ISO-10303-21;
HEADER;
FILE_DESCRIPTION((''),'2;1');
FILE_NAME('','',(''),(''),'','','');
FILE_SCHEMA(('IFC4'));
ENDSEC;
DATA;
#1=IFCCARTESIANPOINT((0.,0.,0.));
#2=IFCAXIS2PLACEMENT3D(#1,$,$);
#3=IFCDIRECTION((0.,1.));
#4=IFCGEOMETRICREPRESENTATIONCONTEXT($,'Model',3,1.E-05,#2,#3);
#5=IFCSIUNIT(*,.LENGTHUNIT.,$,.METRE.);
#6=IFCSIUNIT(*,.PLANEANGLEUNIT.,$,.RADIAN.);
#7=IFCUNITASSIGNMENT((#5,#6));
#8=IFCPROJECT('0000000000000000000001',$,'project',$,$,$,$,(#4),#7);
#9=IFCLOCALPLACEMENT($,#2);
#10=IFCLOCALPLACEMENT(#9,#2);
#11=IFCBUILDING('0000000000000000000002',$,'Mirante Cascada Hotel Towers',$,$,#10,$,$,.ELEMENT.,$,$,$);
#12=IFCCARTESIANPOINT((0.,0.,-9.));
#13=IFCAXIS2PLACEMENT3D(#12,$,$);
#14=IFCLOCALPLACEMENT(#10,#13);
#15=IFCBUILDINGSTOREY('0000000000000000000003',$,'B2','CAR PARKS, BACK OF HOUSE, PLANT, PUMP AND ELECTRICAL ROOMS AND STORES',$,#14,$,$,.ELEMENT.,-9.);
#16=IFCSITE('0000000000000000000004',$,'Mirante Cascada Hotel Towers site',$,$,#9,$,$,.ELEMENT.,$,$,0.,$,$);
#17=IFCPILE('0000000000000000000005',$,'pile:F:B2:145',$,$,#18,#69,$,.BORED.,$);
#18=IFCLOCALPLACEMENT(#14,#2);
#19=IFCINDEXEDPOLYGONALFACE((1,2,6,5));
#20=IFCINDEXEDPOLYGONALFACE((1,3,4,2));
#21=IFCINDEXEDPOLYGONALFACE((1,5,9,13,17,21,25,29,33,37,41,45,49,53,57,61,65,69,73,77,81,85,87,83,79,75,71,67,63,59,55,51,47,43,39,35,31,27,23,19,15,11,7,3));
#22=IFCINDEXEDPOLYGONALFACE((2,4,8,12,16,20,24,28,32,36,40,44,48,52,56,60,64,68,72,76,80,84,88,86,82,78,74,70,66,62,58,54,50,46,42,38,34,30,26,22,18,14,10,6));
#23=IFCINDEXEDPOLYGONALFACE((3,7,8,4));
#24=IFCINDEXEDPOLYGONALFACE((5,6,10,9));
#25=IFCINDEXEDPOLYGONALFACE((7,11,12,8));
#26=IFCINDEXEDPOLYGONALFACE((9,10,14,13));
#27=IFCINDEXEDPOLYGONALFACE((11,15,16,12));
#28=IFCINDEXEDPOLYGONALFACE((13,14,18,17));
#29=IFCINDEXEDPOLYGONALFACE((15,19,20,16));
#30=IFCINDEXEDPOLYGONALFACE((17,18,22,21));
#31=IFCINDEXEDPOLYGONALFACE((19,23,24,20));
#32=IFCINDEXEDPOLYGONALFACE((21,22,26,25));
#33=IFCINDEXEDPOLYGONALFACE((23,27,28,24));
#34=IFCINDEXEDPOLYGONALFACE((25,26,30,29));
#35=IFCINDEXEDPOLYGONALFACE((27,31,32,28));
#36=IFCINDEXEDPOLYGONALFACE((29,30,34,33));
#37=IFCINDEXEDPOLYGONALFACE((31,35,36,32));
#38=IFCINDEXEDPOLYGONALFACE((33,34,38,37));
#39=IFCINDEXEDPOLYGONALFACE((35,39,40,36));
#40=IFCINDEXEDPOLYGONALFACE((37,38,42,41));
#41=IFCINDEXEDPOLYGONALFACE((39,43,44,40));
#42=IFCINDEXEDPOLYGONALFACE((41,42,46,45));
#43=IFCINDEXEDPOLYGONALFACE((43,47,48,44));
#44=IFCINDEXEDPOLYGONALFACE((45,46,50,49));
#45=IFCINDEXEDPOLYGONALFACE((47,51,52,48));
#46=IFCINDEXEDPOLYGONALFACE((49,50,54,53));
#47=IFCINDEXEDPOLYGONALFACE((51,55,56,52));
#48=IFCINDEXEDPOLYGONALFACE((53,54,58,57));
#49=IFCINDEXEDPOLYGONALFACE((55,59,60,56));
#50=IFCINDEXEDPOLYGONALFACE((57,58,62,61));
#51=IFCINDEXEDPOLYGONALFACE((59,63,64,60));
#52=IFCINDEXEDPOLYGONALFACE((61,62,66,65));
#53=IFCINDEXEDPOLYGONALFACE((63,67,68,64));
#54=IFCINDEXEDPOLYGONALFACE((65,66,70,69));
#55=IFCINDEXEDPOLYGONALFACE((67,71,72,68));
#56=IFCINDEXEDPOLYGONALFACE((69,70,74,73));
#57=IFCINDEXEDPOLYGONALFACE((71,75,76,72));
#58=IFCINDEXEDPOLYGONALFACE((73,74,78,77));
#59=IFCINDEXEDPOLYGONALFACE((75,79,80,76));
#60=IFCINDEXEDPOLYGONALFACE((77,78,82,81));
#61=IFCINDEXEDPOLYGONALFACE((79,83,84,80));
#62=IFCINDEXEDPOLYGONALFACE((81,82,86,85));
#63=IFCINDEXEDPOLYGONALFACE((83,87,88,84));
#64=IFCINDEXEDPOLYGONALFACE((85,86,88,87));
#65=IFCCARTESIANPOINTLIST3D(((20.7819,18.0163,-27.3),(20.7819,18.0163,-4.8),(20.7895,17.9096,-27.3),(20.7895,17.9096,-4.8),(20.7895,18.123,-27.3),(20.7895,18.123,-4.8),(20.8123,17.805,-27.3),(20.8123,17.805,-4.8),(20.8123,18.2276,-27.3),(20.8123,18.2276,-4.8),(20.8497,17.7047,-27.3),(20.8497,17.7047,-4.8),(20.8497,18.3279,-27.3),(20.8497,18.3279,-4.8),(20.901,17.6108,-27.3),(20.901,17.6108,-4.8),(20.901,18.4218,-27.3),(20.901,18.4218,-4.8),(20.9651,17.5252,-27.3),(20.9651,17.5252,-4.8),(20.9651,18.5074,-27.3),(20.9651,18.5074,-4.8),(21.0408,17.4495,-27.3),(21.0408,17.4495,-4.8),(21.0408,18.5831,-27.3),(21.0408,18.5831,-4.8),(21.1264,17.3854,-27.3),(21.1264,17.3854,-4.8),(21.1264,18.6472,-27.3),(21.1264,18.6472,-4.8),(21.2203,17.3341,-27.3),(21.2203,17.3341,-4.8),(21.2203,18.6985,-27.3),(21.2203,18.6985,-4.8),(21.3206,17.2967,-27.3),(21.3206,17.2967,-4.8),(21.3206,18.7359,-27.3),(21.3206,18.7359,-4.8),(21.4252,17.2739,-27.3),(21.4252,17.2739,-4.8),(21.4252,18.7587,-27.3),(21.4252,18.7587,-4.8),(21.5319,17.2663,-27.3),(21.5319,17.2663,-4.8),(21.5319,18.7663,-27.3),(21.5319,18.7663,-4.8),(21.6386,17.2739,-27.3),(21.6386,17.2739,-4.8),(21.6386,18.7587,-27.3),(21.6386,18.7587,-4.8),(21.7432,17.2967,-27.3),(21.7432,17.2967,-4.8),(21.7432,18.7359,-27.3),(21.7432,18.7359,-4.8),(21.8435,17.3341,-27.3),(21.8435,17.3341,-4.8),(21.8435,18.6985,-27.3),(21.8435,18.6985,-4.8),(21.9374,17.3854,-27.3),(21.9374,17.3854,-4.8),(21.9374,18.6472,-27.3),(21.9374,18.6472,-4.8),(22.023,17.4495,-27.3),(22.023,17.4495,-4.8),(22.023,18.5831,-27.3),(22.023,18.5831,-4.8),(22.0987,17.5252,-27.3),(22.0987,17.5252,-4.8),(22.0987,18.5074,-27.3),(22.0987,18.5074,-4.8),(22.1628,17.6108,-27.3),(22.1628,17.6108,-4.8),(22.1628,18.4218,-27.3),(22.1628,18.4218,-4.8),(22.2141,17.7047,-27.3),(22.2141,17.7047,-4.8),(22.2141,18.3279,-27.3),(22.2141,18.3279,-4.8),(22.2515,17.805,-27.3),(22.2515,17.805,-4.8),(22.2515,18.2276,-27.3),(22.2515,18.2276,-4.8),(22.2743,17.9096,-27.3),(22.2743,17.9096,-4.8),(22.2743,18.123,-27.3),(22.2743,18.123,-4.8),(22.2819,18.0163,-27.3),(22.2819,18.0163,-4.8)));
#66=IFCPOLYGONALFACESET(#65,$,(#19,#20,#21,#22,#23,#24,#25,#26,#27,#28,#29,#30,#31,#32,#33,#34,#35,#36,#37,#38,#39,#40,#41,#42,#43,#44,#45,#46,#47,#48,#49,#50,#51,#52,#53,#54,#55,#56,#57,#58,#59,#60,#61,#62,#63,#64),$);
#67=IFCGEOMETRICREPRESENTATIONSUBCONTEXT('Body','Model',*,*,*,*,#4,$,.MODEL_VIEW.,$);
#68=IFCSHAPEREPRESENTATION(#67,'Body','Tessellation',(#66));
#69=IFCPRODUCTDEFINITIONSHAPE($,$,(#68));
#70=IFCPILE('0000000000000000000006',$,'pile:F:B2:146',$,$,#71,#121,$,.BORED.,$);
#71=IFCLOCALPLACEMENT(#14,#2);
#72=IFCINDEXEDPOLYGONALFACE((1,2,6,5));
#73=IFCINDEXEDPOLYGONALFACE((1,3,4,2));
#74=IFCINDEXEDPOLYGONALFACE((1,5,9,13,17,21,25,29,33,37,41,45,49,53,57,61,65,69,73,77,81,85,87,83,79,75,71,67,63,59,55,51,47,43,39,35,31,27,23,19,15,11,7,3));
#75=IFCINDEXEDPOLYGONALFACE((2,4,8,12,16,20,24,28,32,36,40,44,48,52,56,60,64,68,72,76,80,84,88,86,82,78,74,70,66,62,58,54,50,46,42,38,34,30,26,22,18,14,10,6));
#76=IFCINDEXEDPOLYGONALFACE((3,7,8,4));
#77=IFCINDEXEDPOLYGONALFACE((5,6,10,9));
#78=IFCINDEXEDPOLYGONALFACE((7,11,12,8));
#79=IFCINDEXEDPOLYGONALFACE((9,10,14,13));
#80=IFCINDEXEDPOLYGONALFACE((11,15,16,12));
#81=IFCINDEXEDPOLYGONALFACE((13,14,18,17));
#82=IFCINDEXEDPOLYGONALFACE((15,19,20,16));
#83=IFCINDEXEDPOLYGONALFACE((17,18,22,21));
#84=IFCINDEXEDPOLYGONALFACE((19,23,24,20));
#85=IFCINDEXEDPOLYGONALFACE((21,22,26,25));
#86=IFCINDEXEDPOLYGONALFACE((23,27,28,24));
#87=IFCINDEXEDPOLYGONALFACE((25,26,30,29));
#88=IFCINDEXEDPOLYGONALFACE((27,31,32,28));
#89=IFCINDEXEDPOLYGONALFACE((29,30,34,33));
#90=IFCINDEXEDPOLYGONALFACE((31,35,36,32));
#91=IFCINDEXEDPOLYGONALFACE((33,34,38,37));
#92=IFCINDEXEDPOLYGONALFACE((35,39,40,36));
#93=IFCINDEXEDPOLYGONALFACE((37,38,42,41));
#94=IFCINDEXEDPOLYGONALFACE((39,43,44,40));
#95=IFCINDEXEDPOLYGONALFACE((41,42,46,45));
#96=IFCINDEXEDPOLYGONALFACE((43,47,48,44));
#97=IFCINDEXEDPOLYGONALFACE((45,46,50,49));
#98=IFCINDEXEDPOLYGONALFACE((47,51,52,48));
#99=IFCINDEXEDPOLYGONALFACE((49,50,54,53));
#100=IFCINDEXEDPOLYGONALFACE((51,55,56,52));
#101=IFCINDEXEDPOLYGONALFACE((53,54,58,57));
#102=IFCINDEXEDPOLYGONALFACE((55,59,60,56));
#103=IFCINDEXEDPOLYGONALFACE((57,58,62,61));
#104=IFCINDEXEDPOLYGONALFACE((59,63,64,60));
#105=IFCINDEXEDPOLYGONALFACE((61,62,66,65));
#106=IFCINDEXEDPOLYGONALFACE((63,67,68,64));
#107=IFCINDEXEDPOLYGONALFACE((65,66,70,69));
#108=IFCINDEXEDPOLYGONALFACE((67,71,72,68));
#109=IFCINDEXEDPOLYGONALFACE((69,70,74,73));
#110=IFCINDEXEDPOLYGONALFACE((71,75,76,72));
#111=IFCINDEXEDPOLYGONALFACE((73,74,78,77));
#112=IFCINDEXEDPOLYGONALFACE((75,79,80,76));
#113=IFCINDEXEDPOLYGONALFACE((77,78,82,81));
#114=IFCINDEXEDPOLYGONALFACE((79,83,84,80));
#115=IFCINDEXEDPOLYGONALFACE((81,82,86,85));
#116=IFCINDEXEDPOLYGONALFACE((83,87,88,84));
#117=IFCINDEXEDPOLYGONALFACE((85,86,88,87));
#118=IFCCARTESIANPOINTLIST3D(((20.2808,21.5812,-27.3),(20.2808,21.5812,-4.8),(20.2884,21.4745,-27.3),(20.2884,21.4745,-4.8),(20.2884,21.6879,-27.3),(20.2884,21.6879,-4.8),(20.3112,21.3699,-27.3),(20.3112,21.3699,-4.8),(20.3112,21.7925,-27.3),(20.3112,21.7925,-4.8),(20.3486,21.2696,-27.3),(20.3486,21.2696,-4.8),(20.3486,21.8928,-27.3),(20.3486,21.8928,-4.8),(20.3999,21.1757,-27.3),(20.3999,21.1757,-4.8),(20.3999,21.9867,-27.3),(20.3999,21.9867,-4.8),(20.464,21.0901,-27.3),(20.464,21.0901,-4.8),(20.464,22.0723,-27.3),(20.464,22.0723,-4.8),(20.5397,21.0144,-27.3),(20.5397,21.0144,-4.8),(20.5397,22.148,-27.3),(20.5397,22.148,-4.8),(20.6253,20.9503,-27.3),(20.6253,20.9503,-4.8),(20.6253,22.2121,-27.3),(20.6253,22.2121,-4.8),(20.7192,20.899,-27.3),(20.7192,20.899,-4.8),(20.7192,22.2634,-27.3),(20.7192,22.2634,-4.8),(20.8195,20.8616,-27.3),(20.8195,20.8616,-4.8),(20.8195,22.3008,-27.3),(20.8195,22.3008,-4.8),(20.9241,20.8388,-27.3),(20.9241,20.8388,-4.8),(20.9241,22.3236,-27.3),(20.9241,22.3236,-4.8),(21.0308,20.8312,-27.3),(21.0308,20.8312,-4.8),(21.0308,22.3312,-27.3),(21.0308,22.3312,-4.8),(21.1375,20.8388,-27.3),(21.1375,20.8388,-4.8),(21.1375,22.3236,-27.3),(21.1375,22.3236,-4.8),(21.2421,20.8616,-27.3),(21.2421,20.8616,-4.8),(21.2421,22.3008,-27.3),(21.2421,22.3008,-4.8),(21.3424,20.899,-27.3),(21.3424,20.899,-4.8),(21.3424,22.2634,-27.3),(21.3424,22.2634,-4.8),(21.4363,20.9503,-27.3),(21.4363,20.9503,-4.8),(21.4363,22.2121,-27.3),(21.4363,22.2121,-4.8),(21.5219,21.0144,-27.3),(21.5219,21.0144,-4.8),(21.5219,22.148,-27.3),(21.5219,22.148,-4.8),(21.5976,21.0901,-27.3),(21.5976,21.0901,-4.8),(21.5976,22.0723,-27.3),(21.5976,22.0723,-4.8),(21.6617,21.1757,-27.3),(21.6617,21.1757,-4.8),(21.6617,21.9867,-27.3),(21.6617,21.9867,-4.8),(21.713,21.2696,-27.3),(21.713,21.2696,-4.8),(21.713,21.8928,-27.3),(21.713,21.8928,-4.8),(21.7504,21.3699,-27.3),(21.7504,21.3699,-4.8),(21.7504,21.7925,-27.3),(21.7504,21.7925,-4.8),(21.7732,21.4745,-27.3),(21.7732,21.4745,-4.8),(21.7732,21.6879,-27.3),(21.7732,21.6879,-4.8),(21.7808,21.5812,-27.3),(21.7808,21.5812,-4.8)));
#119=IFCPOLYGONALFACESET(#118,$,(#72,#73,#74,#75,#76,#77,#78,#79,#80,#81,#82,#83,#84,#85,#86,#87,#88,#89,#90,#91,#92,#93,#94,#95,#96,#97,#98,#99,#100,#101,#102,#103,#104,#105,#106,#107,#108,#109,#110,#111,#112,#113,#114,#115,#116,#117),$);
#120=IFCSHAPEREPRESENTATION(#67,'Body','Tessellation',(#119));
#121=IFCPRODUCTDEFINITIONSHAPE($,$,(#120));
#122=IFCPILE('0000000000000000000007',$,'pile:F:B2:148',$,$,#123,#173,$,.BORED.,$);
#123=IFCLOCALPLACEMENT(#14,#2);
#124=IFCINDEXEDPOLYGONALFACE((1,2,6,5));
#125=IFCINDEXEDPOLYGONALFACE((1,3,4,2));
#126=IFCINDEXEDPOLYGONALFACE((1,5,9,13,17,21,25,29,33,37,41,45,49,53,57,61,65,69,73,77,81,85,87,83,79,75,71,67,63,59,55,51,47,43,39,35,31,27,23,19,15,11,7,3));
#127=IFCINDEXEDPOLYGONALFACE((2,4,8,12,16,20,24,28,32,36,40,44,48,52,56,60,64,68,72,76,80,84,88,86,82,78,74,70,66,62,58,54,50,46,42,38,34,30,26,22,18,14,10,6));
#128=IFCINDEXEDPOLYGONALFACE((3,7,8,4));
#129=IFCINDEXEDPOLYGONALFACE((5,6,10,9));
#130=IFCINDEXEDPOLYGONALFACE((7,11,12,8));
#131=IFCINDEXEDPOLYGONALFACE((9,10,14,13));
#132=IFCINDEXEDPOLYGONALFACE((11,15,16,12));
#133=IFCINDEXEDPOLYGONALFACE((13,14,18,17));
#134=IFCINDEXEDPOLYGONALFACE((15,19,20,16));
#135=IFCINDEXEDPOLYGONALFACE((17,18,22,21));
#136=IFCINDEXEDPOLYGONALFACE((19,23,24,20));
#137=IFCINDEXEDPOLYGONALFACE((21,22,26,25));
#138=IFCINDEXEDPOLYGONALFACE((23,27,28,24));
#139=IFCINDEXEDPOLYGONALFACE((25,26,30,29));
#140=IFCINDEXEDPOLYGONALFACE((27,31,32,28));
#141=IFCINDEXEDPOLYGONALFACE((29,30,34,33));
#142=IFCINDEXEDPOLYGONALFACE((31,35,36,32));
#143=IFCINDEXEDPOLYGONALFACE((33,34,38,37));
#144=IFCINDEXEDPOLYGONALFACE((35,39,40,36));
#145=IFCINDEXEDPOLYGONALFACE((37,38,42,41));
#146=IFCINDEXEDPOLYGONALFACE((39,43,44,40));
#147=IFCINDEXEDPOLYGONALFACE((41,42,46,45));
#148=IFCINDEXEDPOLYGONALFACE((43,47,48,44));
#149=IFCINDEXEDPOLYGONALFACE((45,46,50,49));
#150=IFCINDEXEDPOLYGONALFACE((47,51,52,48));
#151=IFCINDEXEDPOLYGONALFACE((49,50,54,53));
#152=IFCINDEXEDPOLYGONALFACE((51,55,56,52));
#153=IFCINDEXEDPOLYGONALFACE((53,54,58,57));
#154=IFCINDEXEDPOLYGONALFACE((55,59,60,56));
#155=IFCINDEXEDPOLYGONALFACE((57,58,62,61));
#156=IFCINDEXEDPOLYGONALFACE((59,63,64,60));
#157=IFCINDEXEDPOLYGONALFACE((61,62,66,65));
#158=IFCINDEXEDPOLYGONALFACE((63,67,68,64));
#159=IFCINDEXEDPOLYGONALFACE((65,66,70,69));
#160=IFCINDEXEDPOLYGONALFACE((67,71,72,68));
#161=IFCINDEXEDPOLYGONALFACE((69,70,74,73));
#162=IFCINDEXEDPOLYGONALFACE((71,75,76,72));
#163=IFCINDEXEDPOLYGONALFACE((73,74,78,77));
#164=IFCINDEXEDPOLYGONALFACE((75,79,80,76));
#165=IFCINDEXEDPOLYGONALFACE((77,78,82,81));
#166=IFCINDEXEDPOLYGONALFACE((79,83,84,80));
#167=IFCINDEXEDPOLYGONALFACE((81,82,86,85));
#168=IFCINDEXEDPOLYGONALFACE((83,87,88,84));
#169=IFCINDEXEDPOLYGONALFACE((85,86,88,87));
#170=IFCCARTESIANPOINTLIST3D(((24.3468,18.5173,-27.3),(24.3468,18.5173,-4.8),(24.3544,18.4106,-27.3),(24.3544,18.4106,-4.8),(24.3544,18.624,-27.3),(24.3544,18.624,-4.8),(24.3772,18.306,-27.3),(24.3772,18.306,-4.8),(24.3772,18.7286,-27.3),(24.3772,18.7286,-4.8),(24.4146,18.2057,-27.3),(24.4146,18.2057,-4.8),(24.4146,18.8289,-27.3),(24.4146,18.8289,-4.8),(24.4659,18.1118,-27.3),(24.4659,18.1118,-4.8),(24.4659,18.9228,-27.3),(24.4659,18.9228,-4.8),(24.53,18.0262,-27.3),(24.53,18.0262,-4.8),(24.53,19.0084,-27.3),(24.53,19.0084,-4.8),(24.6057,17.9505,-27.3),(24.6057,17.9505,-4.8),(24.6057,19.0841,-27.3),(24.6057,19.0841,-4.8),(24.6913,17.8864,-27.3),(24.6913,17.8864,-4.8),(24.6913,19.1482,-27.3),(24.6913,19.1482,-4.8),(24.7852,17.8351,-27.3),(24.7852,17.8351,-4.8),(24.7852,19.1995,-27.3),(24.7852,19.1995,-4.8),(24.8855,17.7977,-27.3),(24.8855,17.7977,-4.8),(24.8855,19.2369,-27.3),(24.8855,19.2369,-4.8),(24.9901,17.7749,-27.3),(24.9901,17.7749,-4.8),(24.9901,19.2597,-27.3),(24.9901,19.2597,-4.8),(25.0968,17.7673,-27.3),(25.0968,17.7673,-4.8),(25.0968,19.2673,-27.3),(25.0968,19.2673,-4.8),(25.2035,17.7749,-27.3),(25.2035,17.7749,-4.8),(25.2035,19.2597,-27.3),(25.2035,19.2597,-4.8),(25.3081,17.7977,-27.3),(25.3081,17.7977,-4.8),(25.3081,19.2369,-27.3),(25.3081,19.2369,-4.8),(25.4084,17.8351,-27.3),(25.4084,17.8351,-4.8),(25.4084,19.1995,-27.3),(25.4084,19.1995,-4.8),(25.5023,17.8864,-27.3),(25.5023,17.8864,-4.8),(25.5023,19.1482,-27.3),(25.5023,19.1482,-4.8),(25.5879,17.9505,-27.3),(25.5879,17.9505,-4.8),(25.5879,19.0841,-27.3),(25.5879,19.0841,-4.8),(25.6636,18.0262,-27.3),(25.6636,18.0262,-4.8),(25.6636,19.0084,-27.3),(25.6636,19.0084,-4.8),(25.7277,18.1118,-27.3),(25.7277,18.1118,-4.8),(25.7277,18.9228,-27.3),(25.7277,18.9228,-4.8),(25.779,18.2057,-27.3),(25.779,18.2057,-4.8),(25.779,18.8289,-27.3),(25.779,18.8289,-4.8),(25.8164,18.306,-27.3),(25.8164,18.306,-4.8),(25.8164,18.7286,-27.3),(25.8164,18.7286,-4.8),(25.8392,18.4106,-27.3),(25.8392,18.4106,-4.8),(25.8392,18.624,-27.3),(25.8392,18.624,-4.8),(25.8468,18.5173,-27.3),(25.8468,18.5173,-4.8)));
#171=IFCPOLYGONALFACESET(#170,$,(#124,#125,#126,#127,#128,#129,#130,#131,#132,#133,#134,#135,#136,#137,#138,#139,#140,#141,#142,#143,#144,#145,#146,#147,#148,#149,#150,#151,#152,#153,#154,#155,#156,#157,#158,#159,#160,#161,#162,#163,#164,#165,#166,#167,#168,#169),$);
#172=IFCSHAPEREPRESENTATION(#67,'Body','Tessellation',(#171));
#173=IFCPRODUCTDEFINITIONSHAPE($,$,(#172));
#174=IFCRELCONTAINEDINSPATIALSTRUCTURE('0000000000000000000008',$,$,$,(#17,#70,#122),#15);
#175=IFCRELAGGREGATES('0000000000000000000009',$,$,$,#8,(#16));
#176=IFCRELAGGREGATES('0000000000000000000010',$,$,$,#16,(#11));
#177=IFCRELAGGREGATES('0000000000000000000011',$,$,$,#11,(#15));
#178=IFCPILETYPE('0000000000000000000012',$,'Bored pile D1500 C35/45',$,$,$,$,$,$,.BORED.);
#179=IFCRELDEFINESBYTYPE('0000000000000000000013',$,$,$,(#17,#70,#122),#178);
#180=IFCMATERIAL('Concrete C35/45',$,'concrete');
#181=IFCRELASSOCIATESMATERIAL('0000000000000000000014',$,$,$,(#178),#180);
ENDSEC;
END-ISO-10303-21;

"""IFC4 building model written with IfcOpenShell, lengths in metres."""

from ifc_helpers import new_model, si_unit, direction, frame, origin, origin_2d, place, context, subcontext, project, spatial, circle, extrude, material, material_profile, profile_set, type_object, element, save


model = new_model("IFC4")

# Units and contexts
model_context = context("Model", 3, precision=1e-05, world=origin(), true_north=direction((0.0, 1.0)))
body_context = subcontext(model_context, "Body", "Model", "MODEL_VIEW")
ifc_project = project(units=[si_unit("LENGTHUNIT", "METRE"), si_unit("PLANEANGLEUNIT", "RADIAN")], contexts=[model_context])

# Site, building, storey
site_placement = place(None, origin())
site = spatial("IfcSite", under=ifc_project, at=site_placement, Name="Mirante Cascada Hotel Towers site", CompositionType="ELEMENT", RefElevation=0.0)
building_placement = place(site_placement, origin())
building = spatial("IfcBuilding", under=site, at=building_placement, Name="Mirante Cascada Hotel Towers", CompositionType="ELEMENT")
storey_placement = place(building_placement, frame((0.0, 0.0, -9.0)))
storey = spatial("IfcBuildingStorey", under=building, at=storey_placement, Name="B2", Description="CAR PARKS, BACK OF HOUSE, PLANT, PUMP AND ELECTRICAL ROOMS AND STORES", CompositionType="ELEMENT", Elevation=-9.0)

# Piles
ifc_material_1 = material(Name="Concrete C35/45", Category="concrete")
ifc_material_profile_1 = material_profile(ifc_material_1, circle(Radius=0.75, at=origin_2d()), Name="RC D1500")
ifc_profile_set_1 = profile_set([ifc_material_profile_1], Name="Concrete C35/45")
pile_type = type_object("IfcPileType", Name="Bored pile D1500 C35/45", PredefinedType="BORED", material=ifc_profile_set_1)
for number, where, z_axis, x_axis, name in (
    (1, (21.5319, 18.0163, -4.8), (0.0, 0.0, -1.0), (1.0, 0.0, 0.0), "pile:F:B2:145"),
    (2, (21.0308, 21.5812, -4.8), (0.0, 0.0, -1.0), (1.0, 0.0, 0.0), "pile:F:B2:146"),
    (3, (25.0968, 18.5173, -4.8), (0.0, 0.0, -1.0), (1.0, 0.0, 0.0), "pile:F:B2:148"),
):
    element("IfcPile", number, at=place(storey_placement, frame(where, z_axis=z_axis, x_axis=x_axis)), inside=storey, type_object=pile_type, Name=name, PredefinedType="BORED", context=body_context, shape_type="SweptSolid", body=[
        extrude(circle(Radius=0.75, at=origin_2d()), origin(), (0.0, 0.0, 1.0), 22.5),
    ])

save(model, "model.ifc")
